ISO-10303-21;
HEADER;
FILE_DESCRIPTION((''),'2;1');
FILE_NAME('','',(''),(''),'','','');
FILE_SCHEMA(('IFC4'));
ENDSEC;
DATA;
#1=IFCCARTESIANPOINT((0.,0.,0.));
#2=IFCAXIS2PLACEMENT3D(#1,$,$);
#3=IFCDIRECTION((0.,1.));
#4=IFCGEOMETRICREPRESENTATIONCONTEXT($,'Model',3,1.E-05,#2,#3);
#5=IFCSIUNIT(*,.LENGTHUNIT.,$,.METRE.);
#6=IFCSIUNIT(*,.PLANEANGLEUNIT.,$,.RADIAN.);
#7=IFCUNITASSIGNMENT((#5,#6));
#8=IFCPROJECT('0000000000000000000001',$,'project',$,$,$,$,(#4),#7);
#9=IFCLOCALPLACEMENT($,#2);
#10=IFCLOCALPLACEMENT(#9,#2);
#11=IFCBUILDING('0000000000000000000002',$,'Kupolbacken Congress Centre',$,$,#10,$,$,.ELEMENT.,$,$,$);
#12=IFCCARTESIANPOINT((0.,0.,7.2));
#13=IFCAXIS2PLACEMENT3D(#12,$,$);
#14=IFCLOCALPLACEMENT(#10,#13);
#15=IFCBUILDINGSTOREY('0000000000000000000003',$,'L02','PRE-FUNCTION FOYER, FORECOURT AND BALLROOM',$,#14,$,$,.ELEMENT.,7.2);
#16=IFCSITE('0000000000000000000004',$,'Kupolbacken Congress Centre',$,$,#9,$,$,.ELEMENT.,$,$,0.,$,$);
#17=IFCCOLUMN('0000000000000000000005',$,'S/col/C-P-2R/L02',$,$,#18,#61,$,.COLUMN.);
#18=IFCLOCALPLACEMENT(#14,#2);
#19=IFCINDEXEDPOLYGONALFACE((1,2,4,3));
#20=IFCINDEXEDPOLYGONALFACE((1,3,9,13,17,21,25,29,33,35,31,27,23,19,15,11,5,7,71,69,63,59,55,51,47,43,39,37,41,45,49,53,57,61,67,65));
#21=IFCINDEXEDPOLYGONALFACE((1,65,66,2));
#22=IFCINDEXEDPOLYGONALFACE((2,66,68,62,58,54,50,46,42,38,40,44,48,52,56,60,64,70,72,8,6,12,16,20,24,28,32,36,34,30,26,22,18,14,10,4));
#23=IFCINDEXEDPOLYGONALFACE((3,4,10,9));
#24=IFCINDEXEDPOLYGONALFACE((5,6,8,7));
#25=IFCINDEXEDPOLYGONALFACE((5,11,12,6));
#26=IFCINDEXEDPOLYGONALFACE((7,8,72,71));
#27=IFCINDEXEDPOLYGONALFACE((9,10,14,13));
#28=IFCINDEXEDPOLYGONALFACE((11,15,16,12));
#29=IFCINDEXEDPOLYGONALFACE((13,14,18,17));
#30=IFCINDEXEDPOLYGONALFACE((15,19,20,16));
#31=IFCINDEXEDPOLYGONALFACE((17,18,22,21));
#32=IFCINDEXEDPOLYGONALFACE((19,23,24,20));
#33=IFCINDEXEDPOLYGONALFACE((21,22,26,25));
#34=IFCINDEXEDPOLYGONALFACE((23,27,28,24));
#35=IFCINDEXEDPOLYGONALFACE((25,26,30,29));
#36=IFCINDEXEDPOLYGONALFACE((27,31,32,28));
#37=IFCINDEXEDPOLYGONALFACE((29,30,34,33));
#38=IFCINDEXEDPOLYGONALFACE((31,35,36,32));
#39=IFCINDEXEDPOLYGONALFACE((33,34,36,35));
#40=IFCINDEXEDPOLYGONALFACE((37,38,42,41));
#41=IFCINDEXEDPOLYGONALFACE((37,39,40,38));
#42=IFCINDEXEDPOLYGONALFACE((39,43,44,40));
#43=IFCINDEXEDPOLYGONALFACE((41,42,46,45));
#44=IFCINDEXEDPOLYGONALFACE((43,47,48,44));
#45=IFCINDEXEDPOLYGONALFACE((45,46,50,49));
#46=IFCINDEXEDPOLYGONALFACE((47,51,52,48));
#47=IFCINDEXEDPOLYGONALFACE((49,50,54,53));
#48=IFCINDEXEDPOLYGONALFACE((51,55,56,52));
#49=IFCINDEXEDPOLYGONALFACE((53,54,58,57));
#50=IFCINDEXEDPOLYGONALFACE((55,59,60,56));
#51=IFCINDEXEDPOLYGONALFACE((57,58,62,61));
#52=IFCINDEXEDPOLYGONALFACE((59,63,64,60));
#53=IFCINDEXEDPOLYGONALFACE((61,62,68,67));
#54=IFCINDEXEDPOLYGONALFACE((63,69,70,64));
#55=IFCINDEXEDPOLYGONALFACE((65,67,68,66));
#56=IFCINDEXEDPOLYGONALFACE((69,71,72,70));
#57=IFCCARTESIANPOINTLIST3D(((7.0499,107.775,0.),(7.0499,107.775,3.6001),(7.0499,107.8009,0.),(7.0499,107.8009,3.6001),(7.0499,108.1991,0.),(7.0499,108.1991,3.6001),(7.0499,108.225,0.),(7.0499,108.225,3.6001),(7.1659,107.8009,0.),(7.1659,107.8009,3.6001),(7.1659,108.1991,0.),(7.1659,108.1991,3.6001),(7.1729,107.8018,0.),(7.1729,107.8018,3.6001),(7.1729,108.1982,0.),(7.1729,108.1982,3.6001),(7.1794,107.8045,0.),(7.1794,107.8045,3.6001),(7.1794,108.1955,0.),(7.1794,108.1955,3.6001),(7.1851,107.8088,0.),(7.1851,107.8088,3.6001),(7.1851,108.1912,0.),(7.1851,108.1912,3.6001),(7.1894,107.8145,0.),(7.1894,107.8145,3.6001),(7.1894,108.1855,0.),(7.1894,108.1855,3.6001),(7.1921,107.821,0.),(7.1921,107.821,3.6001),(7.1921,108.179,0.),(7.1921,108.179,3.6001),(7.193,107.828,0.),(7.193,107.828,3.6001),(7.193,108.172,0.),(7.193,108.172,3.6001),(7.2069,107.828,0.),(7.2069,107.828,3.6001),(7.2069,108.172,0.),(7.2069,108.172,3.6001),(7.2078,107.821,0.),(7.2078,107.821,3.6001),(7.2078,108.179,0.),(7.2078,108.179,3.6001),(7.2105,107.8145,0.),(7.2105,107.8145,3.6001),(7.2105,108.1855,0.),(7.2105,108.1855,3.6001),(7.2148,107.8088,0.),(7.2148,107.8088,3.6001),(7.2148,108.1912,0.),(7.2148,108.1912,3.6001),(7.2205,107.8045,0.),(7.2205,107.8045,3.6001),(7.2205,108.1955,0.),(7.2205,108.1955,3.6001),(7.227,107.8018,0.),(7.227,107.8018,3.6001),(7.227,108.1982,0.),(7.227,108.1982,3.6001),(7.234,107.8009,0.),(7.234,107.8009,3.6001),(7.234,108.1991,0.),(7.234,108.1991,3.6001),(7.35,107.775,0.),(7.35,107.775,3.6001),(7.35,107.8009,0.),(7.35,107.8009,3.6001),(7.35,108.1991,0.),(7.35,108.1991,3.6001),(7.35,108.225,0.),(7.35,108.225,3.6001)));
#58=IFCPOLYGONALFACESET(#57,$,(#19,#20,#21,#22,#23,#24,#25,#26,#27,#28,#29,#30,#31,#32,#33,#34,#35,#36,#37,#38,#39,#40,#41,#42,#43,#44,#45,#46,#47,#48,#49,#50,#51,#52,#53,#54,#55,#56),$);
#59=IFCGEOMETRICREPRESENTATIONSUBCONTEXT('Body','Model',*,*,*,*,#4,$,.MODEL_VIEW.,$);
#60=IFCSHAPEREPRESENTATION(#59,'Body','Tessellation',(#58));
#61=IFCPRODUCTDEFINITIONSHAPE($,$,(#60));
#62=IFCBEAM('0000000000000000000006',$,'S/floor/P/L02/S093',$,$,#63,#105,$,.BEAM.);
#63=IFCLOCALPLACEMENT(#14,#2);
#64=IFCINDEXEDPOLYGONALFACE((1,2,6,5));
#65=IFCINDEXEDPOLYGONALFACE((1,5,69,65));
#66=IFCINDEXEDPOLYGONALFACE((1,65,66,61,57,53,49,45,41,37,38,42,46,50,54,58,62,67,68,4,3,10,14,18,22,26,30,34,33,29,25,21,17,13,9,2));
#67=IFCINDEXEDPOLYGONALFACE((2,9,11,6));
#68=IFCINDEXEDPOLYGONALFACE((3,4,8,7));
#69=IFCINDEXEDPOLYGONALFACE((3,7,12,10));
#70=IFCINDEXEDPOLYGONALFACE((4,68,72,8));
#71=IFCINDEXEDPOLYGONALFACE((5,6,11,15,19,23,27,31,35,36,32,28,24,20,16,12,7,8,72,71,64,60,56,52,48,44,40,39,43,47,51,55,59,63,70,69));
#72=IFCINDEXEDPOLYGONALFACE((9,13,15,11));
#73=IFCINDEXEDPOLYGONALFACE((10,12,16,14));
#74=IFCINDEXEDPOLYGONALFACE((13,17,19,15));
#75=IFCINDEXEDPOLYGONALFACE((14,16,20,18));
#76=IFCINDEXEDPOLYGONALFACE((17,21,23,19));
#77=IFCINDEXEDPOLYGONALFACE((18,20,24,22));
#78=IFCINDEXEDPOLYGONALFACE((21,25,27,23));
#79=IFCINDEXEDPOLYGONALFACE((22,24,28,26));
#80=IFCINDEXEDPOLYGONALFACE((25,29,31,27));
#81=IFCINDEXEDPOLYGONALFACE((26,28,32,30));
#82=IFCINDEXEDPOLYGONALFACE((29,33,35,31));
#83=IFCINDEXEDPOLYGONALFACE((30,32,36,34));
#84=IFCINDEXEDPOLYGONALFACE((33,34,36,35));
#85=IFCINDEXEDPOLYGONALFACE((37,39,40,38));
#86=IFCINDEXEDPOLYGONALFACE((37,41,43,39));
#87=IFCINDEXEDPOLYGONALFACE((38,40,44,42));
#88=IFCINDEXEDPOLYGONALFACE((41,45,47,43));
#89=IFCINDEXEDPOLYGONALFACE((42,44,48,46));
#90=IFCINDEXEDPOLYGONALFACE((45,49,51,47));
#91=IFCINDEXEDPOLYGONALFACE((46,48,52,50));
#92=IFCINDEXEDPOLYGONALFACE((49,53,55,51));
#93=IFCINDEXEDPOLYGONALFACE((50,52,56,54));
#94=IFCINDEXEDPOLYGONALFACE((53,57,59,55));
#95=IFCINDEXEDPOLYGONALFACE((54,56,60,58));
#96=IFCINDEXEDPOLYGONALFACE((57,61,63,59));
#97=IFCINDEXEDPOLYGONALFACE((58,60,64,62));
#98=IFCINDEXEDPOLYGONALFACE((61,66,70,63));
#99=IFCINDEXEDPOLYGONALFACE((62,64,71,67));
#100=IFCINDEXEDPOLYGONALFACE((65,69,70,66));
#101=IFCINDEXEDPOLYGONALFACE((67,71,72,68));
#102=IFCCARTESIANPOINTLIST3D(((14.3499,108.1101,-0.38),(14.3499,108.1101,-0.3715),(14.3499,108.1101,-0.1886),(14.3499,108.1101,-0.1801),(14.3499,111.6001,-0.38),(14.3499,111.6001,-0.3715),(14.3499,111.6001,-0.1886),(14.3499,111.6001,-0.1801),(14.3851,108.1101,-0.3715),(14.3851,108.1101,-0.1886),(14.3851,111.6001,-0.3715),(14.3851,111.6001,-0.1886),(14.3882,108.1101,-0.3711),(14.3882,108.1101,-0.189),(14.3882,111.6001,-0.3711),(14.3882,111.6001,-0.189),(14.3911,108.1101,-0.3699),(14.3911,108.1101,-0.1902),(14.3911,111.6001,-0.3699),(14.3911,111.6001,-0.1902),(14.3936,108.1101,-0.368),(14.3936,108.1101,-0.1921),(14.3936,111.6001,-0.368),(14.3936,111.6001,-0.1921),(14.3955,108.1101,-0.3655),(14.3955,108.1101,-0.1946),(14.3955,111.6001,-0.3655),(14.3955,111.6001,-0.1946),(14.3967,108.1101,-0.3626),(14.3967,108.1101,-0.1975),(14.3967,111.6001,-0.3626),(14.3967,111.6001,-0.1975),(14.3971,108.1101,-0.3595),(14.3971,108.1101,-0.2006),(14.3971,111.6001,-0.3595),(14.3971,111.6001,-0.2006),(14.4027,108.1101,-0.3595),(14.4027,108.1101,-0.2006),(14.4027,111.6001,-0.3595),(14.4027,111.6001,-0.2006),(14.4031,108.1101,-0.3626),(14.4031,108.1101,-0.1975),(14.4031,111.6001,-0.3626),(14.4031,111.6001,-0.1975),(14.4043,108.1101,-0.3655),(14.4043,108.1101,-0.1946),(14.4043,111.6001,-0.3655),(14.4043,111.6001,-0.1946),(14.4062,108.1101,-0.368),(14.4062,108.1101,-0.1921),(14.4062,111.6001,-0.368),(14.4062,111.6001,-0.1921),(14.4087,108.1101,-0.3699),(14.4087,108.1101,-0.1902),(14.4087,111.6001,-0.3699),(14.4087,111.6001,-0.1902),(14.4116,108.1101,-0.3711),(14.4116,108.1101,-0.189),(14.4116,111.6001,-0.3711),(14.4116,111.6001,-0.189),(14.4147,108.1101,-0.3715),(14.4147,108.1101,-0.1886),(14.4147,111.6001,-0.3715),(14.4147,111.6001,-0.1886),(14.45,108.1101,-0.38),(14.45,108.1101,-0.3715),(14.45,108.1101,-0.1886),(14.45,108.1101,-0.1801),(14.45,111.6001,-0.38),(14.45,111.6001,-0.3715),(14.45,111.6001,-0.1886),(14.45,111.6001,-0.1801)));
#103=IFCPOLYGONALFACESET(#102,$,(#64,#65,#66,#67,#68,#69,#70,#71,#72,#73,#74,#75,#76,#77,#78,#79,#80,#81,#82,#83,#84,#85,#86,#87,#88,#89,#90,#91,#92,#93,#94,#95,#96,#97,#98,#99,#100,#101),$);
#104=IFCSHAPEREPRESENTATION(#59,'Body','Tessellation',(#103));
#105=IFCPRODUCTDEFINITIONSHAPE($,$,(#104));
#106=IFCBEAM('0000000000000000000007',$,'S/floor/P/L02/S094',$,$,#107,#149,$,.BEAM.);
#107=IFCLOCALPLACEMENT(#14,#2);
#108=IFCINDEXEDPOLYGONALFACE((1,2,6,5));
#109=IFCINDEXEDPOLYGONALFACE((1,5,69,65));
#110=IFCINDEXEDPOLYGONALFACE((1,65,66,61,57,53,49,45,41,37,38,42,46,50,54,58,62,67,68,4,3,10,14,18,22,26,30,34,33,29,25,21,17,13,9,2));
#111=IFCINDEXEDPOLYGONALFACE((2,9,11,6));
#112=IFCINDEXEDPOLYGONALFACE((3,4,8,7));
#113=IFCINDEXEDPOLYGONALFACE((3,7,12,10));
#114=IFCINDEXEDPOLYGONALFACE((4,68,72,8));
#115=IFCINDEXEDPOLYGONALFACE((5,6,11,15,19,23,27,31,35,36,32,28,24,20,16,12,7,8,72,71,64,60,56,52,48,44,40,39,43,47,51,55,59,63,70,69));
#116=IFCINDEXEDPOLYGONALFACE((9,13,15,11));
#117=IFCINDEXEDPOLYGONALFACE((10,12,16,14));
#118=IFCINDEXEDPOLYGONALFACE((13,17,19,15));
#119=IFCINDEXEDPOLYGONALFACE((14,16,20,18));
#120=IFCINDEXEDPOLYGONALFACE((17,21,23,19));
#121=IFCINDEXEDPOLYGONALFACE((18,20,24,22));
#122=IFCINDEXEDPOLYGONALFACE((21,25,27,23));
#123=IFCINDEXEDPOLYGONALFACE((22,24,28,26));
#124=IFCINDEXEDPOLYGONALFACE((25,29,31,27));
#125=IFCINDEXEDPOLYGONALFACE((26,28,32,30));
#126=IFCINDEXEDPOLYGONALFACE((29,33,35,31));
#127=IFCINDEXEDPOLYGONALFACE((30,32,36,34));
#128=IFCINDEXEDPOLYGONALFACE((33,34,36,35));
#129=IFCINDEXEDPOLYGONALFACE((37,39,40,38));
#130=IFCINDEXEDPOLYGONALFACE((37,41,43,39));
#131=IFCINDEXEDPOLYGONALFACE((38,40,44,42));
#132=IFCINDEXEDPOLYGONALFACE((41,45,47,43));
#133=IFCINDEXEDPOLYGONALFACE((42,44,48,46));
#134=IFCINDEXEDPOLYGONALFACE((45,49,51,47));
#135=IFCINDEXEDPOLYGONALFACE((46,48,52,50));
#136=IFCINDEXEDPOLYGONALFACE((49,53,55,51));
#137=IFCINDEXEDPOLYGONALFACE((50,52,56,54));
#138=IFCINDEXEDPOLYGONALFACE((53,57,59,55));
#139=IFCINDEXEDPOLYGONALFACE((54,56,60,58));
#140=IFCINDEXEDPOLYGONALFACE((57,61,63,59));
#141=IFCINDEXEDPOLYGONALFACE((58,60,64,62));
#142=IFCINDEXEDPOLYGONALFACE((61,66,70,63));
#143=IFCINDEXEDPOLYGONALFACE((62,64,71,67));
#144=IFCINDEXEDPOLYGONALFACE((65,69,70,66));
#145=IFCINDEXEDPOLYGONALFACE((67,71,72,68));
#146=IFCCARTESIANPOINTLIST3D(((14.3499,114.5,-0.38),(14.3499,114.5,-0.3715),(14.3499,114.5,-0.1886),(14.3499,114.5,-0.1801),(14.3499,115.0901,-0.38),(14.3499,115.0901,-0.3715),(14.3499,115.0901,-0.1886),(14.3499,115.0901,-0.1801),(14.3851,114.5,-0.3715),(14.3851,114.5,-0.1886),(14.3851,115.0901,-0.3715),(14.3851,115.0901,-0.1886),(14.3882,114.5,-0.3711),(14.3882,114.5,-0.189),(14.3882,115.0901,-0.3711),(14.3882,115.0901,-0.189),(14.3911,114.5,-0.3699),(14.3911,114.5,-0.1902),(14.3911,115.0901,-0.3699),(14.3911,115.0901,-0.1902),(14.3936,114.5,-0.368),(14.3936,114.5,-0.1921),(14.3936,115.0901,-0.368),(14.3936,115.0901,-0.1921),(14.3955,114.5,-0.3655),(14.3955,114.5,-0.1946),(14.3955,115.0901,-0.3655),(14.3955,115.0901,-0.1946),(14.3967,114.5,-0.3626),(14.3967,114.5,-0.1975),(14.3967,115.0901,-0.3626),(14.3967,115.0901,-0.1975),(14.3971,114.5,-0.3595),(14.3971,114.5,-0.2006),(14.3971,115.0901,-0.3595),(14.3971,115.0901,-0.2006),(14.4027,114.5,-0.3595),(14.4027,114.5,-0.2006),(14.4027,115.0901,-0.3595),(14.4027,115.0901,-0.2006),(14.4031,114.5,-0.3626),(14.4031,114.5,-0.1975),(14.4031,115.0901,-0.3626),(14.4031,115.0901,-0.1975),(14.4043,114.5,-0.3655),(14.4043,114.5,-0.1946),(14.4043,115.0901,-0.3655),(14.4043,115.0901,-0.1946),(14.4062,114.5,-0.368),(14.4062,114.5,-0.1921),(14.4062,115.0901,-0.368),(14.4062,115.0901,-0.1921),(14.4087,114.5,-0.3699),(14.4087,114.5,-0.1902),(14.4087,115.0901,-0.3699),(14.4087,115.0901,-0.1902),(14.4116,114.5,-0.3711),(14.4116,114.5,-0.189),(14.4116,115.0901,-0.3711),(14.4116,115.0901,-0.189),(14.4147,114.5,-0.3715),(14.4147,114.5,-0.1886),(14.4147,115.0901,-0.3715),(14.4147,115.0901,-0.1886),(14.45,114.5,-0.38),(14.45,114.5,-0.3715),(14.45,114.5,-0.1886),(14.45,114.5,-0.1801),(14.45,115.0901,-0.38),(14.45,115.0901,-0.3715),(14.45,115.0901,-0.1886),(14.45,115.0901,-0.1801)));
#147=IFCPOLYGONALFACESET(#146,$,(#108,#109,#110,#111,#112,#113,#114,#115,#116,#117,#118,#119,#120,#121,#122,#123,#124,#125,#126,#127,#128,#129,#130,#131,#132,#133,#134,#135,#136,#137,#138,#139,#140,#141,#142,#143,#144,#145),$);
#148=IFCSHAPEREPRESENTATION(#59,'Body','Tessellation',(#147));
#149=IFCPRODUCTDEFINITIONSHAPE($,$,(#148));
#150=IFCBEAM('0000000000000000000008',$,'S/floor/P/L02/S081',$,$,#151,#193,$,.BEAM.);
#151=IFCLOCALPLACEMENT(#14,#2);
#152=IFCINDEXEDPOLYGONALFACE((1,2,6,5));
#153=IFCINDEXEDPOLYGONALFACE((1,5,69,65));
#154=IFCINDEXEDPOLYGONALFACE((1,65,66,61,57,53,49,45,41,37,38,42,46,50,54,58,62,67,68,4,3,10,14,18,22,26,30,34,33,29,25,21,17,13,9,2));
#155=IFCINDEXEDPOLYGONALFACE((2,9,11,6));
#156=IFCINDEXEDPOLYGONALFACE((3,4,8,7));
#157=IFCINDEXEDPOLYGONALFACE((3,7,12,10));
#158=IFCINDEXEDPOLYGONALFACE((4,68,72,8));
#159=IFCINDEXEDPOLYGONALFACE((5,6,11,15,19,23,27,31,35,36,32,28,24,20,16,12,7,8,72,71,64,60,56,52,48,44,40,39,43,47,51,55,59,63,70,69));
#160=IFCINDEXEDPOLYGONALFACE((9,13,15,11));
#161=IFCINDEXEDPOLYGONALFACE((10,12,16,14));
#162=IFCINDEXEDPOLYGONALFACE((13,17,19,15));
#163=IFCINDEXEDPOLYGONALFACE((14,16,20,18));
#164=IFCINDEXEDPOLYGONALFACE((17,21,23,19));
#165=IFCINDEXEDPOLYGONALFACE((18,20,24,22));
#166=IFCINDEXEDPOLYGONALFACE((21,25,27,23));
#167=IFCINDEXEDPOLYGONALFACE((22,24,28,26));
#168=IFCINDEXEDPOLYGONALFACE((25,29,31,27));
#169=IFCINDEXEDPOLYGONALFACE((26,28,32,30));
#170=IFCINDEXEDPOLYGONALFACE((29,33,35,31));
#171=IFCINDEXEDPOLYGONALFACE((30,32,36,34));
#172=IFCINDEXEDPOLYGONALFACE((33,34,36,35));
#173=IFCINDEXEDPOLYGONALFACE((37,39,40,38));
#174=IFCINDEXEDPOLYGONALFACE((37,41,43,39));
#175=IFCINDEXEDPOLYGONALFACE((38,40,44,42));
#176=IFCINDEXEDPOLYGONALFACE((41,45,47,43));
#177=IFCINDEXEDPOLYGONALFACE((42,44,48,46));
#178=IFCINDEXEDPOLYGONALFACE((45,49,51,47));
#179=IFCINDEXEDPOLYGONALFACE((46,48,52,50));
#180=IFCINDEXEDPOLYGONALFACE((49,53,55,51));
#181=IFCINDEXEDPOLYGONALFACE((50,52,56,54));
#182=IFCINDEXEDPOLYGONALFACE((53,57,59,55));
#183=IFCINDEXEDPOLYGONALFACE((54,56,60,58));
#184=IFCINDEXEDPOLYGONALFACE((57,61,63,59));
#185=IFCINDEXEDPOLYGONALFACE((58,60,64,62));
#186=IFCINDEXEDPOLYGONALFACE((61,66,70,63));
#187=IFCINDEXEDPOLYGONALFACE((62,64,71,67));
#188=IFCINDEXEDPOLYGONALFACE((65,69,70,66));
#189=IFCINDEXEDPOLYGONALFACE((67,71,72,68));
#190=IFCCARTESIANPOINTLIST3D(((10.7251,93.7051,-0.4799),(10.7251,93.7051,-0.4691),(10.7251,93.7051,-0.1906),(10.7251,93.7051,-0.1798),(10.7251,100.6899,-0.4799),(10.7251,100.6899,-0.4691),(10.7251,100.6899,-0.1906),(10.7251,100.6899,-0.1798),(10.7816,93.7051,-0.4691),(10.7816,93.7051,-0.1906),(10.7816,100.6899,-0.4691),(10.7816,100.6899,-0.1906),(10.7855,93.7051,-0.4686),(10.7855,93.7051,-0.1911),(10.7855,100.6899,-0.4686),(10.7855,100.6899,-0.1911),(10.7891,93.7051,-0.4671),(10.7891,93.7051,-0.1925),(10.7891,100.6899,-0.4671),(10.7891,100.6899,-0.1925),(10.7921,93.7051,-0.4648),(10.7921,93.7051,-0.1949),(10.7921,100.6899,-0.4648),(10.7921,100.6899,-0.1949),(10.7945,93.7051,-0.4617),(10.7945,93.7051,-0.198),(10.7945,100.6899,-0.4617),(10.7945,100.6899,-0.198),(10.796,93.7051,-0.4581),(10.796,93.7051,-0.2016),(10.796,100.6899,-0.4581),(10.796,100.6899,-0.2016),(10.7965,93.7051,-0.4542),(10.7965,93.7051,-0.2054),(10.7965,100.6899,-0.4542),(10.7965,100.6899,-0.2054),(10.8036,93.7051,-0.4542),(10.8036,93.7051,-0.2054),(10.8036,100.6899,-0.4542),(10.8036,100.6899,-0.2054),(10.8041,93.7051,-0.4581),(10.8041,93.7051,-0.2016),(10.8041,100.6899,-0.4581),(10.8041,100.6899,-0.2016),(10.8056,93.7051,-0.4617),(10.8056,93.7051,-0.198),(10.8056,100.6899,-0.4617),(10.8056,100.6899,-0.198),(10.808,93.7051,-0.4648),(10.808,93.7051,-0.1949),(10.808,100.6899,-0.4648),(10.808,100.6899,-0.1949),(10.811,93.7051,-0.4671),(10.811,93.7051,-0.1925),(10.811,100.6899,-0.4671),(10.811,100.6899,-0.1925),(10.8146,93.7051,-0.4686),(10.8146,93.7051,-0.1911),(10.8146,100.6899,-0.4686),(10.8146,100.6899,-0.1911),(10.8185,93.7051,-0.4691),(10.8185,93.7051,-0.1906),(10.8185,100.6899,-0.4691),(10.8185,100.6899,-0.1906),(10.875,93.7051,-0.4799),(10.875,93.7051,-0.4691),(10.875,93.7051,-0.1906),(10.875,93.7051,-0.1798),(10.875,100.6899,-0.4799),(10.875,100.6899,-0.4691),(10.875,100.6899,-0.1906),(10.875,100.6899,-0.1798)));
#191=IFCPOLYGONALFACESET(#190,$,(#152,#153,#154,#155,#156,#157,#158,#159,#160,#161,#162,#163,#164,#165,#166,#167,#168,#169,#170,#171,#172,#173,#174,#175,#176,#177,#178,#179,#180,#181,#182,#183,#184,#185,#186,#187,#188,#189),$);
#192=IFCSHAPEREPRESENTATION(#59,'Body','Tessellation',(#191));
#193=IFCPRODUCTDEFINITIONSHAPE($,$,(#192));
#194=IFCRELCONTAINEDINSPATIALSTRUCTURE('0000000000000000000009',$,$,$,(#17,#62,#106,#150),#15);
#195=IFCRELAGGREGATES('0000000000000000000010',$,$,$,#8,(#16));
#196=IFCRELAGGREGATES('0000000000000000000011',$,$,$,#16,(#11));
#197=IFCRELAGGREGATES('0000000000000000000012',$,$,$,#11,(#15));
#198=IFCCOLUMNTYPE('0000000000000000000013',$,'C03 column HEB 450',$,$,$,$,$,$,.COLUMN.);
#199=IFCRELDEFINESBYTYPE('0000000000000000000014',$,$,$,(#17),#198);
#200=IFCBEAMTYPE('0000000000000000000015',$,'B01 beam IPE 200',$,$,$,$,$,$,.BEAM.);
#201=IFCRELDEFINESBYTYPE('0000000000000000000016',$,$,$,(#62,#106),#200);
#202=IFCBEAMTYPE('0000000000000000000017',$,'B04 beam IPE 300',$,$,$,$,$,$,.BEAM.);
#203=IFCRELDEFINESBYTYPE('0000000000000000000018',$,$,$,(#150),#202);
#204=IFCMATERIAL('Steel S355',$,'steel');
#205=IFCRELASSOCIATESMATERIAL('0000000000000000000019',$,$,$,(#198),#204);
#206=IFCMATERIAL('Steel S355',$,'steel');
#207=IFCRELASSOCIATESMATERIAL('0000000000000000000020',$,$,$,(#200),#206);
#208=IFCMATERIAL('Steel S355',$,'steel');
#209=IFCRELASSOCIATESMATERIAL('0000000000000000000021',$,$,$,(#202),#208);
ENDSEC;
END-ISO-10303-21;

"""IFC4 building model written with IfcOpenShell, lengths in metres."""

from ifc_helpers import new_model, si_unit, direction, frame, origin, origin_2d, place, context, subcontext, project, spatial, i_section, extrude, material, material_profile, profile_set, type_object, element, save


model = new_model("IFC4")

# Units and contexts
model_context = context("Model", 3, precision=1e-05, world=origin(), true_north=direction((0.0, 1.0)))
body_context = subcontext(model_context, "Body", "Model", "MODEL_VIEW")
ifc_project = project(units=[si_unit("LENGTHUNIT", "METRE"), si_unit("PLANEANGLEUNIT", "RADIAN")], contexts=[model_context])

# Site, building, storey
site_placement = place(None, origin())
site = spatial("IfcSite", under=ifc_project, at=site_placement, Name="Kupolbacken Congress Centre", CompositionType="ELEMENT", RefElevation=0.0)
building_placement = place(site_placement, origin())
building = spatial("IfcBuilding", under=site, at=building_placement, Name="Kupolbacken Congress Centre", CompositionType="ELEMENT")
storey_placement = place(building_placement, frame((0.0, 0.0, 7.2)))
storey = spatial("IfcBuildingStorey", under=building, at=storey_placement, Name="L02", Description="PRE-FUNCTION FOYER, FORECOURT AND BALLROOM", CompositionType="ELEMENT", Elevation=7.2)

# Column
ifc_material_1 = material(Name="Steel S355", Category="steel")
ifc_material_profile_1 = material_profile(ifc_material_1, i_section(OverallWidth=0.3, OverallDepth=0.45, WebThickness=0.0139, FlangeThickness=0.0259, FilletRadius=0.0271, at=origin_2d()), Name="HEB 450")
ifc_profile_set_1 = profile_set([ifc_material_profile_1], Name="Steel S355")
column_type = type_object("IfcColumnType", Name="C03 column HEB 450", PredefinedType="COLUMN", material=ifc_profile_set_1)
column_placement = place(storey_placement, frame((7.2, 108.0, 0.0), z_axis=(0.0, 0.0, 1.0), x_axis=(1.0, 0.0, 0.0)))
element("IfcColumn", 1, at=column_placement, inside=storey, type_object=column_type, Name="S/col/C-P-2R/L02", PredefinedType="COLUMN", context=body_context, shape_type="SweptSolid", body=[
    extrude(i_section(OverallWidth=0.3, OverallDepth=0.45, WebThickness=0.0139, FlangeThickness=0.0259, FilletRadius=0.0271, at=origin_2d()), origin(), (0.0, 0.0, 1.0), 3.6001),
])

# Beams
ifc_material_2 = material(Name="Steel S355", Category="steel")
ifc_material_profile_2 = material_profile(ifc_material_2, i_section(OverallWidth=0.1001, OverallDepth=0.2, WebThickness=0.0056, FlangeThickness=0.0085, FilletRadius=0.012, at=origin_2d()), Name="IPE 200")
ifc_profile_set_2 = profile_set([ifc_material_profile_2], Name="Steel S355")
beam_type_1 = type_object("IfcBeamType", Name="B01 beam IPE 200", PredefinedType="BEAM", material=ifc_profile_set_2)
beam_1_placement = place(storey_placement, frame((14.3999, 108.1101, -0.28), z_axis=(0.0, 1.0, 0.0), x_axis=(-1.0, 0.0, 0.0)))
element("IfcBeam", 2, at=beam_1_placement, inside=storey, type_object=beam_type_1, Name="S/floor/P/L02/S093", PredefinedType="BEAM", context=body_context, shape_type="SweptSolid", body=[
    extrude(i_section(OverallWidth=0.1001, OverallDepth=0.2, WebThickness=0.0056, FlangeThickness=0.0085, FilletRadius=0.012, at=origin_2d()), origin(), (0.0, 0.0, 1.0), 3.49),
])
beam_2_placement = place(storey_placement, frame((14.3999, 114.5, -0.28), z_axis=(0.0, 1.0, 0.0), x_axis=(-1.0, 0.0, 0.0)))
element("IfcBeam", 3, at=beam_2_placement, inside=storey, type_object=beam_type_1, Name="S/floor/P/L02/S094", PredefinedType="BEAM", context=body_context, shape_type="SweptSolid", body=[
    extrude(i_section(OverallWidth=0.1001, OverallDepth=0.2, WebThickness=0.0056, FlangeThickness=0.0085, FilletRadius=0.012, at=origin_2d()), origin(), (0.0, 0.0, 1.0), 0.5901),
])
ifc_material_3 = material(Name="Steel S355", Category="steel")
ifc_material_profile_3 = material_profile(ifc_material_3, i_section(OverallWidth=0.1499, OverallDepth=0.3, WebThickness=0.0071, FlangeThickness=0.0107, FilletRadius=0.0149, at=origin_2d()), Name="IPE 300")
ifc_profile_set_3 = profile_set([ifc_material_profile_3], Name="Steel S355")
beam_type_2 = type_object("IfcBeamType", Name="B04 beam IPE 300", PredefinedType="BEAM", material=ifc_profile_set_3)
beam_3_placement = place(storey_placement, frame((10.8, 93.7051, -0.3298), z_axis=(0.0, 1.0, 0.0), x_axis=(-1.0, 0.0, 0.0)))
element("IfcBeam", 4, at=beam_3_placement, inside=storey, type_object=beam_type_2, Name="S/floor/P/L02/S081", PredefinedType="BEAM", context=body_context, shape_type="SweptSolid", body=[
    extrude(i_section(OverallWidth=0.1499, OverallDepth=0.3, WebThickness=0.0071, FlangeThickness=0.0107, FilletRadius=0.0149, at=origin_2d()), origin(), (0.0, 0.0, 1.0), 6.9849),
])

save(model, "model.ifc")
